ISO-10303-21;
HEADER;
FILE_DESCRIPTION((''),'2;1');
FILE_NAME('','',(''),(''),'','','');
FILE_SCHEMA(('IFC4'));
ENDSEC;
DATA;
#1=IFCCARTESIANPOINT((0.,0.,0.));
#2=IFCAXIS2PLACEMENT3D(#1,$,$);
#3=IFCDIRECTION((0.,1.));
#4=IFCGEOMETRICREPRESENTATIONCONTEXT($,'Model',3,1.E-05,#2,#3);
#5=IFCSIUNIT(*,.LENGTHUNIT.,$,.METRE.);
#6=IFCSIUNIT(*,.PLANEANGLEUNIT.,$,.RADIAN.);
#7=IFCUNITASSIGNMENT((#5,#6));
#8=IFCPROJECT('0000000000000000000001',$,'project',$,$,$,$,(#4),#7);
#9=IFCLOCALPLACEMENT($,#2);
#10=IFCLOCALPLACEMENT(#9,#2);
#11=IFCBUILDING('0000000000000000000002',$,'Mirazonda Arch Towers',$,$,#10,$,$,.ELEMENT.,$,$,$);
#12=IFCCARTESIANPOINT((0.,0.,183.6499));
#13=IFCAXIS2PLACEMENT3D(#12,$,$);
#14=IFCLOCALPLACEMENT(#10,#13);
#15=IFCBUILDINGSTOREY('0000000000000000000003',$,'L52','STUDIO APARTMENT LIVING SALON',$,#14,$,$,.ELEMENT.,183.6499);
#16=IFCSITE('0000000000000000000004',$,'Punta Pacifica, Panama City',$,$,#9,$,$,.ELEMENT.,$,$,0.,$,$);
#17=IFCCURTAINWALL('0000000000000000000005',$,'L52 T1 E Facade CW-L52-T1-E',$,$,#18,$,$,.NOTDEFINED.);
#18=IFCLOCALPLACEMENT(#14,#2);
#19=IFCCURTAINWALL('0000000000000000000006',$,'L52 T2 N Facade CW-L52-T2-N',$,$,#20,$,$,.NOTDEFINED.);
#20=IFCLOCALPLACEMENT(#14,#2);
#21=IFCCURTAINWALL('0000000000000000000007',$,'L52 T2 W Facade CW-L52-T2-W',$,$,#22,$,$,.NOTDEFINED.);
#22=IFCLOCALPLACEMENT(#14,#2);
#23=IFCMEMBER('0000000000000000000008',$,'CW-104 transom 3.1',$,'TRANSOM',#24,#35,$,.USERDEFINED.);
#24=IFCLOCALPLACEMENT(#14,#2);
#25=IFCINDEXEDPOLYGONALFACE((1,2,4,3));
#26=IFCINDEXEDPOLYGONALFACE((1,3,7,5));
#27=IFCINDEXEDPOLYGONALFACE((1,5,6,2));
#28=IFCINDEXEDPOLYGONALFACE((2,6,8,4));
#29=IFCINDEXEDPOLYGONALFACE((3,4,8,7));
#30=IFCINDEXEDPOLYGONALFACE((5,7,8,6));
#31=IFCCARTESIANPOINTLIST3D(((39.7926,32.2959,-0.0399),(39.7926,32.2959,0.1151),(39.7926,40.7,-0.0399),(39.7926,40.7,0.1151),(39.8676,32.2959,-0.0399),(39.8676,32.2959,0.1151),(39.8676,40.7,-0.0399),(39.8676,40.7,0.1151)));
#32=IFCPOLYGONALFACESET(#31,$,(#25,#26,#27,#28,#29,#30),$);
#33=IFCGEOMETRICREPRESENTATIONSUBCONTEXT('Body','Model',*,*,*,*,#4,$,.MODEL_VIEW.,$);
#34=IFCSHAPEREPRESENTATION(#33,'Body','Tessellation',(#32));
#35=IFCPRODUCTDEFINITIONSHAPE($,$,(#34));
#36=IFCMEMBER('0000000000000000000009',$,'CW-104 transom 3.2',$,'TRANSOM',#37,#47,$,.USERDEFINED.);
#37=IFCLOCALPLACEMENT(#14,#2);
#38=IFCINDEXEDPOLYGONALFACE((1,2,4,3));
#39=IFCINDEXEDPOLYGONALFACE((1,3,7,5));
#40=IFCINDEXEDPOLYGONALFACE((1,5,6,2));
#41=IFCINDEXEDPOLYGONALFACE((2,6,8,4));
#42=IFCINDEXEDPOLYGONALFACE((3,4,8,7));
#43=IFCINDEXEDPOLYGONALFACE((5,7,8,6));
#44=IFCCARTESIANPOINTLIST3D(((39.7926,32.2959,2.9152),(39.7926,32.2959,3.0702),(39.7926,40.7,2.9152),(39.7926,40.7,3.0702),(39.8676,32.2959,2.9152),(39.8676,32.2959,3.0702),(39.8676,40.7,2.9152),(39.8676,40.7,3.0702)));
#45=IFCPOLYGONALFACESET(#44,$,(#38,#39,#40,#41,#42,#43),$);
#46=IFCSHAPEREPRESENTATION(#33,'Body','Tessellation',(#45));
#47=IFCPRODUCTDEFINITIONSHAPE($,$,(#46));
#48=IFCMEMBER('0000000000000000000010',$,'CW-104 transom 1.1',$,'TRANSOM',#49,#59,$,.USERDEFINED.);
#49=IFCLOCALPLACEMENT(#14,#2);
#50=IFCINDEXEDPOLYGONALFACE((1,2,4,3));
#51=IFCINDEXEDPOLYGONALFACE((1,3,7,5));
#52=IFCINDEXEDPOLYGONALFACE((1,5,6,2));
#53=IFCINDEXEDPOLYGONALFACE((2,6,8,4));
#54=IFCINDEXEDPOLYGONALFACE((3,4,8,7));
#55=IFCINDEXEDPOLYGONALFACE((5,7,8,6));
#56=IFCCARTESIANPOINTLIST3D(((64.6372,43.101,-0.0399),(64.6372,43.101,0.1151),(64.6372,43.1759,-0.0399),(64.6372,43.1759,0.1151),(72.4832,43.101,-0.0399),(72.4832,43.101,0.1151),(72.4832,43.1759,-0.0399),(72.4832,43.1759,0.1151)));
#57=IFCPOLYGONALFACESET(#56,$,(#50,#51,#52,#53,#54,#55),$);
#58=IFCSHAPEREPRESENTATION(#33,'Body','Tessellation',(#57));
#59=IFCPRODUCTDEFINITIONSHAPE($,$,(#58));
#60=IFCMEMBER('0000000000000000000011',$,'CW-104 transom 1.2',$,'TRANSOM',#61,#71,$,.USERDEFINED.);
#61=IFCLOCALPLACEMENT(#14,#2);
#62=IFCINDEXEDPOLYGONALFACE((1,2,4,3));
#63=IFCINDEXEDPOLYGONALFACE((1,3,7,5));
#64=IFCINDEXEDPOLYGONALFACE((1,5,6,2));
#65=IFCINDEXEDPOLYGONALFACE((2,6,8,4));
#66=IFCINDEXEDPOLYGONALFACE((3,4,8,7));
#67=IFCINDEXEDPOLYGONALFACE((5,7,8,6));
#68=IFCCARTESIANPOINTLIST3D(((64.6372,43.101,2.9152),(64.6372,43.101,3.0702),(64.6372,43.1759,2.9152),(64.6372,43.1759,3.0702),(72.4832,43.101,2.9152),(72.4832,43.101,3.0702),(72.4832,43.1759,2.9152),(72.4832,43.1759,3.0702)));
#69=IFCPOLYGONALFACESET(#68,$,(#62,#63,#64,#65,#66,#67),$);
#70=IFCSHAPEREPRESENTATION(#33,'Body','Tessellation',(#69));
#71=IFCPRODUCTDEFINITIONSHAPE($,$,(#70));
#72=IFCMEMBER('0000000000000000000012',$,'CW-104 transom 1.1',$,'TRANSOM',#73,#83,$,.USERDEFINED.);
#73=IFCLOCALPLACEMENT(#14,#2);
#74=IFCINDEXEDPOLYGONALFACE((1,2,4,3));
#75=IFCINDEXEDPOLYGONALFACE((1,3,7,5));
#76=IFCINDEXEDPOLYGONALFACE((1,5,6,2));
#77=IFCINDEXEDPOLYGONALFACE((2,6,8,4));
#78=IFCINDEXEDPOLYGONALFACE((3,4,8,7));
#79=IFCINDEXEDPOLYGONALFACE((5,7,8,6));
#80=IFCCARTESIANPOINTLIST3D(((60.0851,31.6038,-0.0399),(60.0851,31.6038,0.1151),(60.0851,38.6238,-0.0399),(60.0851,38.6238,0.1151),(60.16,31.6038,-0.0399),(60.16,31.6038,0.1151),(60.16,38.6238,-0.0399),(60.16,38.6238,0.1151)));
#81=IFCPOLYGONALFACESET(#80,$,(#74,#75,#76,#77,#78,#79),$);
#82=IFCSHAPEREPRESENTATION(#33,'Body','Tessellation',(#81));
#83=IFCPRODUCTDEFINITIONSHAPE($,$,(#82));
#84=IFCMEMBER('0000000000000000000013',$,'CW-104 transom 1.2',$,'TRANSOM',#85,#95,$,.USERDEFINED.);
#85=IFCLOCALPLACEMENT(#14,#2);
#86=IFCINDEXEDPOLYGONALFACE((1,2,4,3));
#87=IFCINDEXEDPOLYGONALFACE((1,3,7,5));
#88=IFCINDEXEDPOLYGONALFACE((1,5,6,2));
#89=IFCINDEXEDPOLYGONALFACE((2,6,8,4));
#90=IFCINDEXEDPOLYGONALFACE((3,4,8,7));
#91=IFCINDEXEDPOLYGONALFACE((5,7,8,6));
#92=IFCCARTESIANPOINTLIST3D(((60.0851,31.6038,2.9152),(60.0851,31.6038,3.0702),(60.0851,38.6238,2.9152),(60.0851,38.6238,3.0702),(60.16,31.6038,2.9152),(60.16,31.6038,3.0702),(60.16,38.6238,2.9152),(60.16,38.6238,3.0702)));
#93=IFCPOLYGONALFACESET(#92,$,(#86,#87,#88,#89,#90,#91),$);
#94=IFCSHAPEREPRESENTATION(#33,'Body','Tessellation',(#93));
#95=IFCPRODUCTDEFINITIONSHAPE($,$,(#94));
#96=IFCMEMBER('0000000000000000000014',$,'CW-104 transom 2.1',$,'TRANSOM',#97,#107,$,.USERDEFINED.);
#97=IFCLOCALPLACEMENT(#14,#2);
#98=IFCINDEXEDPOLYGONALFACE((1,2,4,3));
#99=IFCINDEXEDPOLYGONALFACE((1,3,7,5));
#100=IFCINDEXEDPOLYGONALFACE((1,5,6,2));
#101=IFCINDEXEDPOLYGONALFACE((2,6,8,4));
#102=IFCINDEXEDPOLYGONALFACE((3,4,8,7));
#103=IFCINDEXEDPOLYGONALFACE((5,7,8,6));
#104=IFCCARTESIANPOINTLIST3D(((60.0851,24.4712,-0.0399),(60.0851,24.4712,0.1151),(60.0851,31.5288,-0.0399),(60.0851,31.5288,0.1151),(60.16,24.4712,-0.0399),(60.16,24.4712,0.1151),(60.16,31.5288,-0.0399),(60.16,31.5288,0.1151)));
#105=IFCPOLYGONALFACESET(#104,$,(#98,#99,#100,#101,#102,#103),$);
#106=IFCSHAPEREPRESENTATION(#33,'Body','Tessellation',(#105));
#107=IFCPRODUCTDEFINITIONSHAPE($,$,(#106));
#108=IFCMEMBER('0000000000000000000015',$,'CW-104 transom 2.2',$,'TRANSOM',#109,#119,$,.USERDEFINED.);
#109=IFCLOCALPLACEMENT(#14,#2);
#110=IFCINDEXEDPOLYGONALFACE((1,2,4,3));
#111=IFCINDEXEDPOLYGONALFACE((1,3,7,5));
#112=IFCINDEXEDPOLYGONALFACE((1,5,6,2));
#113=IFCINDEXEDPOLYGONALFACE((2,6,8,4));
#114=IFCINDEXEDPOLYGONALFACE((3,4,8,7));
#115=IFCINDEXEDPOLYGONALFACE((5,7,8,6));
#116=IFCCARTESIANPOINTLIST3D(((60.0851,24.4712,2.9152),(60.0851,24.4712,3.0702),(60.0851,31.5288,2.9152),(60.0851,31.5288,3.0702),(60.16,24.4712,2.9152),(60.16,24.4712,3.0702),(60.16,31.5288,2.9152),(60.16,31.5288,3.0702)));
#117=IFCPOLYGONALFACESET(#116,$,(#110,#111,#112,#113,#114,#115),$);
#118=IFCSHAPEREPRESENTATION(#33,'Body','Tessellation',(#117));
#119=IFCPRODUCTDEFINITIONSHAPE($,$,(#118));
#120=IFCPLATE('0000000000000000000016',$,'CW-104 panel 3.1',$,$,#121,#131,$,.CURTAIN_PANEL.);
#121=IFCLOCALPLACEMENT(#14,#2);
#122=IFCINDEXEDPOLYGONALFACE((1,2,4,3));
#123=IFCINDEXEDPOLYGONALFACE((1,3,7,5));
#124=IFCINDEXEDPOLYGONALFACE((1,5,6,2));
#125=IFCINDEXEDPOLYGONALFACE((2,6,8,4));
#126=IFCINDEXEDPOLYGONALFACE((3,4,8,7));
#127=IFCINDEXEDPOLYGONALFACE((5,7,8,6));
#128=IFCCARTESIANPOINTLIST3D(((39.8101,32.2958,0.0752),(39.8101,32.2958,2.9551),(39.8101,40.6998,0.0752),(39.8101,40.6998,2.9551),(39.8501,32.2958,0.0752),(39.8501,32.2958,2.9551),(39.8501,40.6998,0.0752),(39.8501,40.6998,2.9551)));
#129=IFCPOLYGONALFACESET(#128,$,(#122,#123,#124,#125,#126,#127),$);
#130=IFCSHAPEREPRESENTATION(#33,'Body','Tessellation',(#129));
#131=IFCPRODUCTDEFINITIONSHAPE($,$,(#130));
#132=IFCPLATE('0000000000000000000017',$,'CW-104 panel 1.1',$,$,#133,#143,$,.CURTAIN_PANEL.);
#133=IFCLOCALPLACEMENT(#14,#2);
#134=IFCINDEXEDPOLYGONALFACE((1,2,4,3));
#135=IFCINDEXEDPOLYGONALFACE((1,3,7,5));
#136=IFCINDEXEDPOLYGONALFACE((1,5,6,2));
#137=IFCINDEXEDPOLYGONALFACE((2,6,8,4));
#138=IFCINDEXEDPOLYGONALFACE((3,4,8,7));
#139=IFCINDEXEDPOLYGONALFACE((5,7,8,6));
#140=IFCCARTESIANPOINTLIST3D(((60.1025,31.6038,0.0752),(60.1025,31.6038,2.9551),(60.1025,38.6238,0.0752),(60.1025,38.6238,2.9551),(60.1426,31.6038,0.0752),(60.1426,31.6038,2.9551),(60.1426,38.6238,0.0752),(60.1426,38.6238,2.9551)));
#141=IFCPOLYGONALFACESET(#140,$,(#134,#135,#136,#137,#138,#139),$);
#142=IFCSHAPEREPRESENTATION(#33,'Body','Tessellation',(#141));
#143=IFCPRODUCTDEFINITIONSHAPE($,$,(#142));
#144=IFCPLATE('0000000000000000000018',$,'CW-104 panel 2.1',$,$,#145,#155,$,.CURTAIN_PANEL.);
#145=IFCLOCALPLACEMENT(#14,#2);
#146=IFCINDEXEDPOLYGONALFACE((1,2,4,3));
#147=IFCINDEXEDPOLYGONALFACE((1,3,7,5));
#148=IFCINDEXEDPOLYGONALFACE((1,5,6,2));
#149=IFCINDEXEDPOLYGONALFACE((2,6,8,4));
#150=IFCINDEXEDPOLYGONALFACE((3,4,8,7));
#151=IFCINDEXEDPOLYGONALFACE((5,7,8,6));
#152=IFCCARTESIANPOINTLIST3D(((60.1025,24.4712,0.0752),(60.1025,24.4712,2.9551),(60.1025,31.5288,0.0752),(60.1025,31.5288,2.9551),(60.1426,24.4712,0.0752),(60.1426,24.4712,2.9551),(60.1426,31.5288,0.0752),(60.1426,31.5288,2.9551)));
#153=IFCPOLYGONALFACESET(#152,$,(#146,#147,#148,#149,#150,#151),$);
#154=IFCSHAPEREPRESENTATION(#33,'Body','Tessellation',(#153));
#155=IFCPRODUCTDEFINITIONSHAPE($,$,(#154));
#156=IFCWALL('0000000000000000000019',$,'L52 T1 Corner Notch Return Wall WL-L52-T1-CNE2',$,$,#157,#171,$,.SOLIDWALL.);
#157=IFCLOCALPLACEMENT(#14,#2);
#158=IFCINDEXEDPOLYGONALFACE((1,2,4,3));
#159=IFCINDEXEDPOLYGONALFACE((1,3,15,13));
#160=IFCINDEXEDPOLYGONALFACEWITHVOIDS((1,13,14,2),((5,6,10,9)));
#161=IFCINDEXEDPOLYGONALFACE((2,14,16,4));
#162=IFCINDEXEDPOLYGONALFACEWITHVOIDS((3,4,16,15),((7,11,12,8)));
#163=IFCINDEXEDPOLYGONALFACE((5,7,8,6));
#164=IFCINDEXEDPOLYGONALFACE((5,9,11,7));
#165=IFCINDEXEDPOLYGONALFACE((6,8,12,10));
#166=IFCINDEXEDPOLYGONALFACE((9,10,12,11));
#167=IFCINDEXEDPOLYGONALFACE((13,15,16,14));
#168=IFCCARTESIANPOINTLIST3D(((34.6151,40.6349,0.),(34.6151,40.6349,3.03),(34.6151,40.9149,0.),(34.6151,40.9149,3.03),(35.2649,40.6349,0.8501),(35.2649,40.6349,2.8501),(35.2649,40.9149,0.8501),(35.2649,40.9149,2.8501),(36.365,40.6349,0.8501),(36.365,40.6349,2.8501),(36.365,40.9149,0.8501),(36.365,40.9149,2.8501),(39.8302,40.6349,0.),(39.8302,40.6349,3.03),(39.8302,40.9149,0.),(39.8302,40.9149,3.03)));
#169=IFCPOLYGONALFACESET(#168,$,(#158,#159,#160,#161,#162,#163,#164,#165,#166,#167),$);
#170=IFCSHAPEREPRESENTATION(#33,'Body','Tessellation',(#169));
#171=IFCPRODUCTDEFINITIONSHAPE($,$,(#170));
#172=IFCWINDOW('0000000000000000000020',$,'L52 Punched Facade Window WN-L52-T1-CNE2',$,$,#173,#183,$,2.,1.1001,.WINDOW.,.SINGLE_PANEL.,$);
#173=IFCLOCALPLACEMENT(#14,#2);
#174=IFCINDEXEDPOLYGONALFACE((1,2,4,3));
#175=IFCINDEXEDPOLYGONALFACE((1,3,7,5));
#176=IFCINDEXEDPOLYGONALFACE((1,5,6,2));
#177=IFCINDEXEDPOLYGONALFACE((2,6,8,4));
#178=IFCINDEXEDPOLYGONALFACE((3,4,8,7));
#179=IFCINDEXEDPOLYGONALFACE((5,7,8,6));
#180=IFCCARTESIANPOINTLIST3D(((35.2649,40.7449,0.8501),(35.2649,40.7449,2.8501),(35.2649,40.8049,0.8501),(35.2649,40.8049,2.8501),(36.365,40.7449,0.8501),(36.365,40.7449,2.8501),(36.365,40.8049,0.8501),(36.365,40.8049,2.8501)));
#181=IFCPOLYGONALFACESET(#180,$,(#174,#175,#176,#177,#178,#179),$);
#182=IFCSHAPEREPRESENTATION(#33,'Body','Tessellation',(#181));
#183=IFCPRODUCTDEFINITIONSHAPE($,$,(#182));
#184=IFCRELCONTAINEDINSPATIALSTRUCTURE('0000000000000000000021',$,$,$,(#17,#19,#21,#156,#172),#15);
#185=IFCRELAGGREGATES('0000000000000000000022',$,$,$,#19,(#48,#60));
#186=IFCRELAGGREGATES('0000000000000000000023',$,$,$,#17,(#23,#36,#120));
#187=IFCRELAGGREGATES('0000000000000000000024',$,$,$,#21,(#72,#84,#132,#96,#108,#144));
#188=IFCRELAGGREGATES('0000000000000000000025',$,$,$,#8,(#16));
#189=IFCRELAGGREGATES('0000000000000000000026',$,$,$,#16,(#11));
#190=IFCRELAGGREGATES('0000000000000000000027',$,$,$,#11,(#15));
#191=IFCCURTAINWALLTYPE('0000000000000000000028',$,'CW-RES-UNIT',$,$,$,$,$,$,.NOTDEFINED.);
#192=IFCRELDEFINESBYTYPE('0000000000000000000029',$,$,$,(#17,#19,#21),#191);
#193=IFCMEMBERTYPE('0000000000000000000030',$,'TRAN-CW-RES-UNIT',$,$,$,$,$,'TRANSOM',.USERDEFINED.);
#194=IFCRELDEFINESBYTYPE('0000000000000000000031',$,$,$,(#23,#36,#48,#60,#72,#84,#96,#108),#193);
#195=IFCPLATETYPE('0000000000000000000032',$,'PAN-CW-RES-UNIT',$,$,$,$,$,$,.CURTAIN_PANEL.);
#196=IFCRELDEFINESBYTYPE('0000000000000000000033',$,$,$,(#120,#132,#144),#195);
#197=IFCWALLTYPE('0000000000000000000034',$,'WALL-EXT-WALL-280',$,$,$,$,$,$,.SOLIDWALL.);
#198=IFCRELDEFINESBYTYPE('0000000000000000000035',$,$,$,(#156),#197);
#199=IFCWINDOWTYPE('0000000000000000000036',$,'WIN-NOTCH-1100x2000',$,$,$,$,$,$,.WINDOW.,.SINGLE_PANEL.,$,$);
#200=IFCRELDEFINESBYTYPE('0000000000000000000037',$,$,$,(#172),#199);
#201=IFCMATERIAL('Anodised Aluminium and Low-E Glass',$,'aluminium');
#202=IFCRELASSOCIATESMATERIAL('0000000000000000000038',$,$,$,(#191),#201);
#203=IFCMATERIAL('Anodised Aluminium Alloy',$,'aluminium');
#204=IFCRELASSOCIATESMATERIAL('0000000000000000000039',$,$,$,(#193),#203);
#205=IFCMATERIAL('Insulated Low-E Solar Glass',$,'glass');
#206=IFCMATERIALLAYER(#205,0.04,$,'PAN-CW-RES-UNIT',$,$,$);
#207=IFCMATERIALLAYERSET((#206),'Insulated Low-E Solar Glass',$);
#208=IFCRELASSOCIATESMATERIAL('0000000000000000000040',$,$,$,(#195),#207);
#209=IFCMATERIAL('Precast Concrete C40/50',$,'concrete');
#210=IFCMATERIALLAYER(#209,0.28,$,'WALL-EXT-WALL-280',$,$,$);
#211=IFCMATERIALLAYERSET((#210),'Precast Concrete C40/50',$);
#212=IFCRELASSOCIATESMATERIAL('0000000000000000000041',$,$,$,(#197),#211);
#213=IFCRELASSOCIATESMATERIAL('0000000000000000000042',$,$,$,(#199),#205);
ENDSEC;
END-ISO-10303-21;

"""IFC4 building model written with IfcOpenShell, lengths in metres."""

from ifc_helpers import new_model, si_unit, direction, frame, frame_2d, origin, origin_2d, place, context, subcontext, project, spatial, rectangle, extrude, material, layer, layer_set, material_profile, profile_set, type_object, element, fill, aggregate, save


model = new_model("IFC4")

# Units and contexts
model_context = context("Model", 3, precision=1e-05, world=origin(), true_north=direction((0.0, 1.0)))
body_context = subcontext(model_context, "Body", "Model", "MODEL_VIEW")
ifc_project = project(units=[si_unit("LENGTHUNIT", "METRE"), si_unit("PLANEANGLEUNIT", "RADIAN")], contexts=[model_context])

# Site, building, storey
site_placement = place(None, origin())
site = spatial("IfcSite", under=ifc_project, at=site_placement, Name="Punta Pacifica, Panama City", CompositionType="ELEMENT", RefElevation=0.0)
building_placement = place(site_placement, origin())
building = spatial("IfcBuilding", under=site, at=building_placement, Name="Mirazonda Arch Towers", CompositionType="ELEMENT")
storey_placement = place(building_placement, frame((0.0, 0.0, 183.6499)))
storey = spatial("IfcBuildingStorey", under=building, at=storey_placement, Name="L52", Description="STUDIO APARTMENT LIVING SALON", CompositionType="ELEMENT", Elevation=183.6499)

# Curtain wall
ifc_material_1 = material(Name="Anodised Aluminium and Low-E Glass", Category="aluminium")
curtain_wall_type = type_object("IfcCurtainWallType", Name="CW-RES-UNIT", PredefinedType="NOTDEFINED", material=ifc_material_1)
curtain_wall_1_placement = place(storey_placement, origin())
curtain_wall_1 = element("IfcCurtainWall", 1, at=curtain_wall_1_placement, inside=storey, type_object=curtain_wall_type, Name="L52 T1 E Facade CW-L52-T1-E", PredefinedType="NOTDEFINED")
ifc_material_2 = material(Name="Anodised Aluminium Alloy", Category="aluminium")

# Curtain wall
curtain_wall_2_placement = place(storey_placement, origin())
curtain_wall_2 = element("IfcCurtainWall", 2, at=curtain_wall_2_placement, inside=storey, type_object=curtain_wall_type, Name="L52 T2 N Facade CW-L52-T2-N", PredefinedType="NOTDEFINED")

# Curtain wall
curtain_wall_3_placement = place(storey_placement, origin())
curtain_wall_3 = element("IfcCurtainWall", 3, at=curtain_wall_3_placement, inside=storey, type_object=curtain_wall_type, Name="L52 T2 W Facade CW-L52-T2-W", PredefinedType="NOTDEFINED")

# Members
ifc_material_profile_1 = material_profile(ifc_material_2, rectangle(XDim=0.075, YDim=0.155, at=origin_2d()), Name="ALU-TRAN-75x155")
ifc_profile_set_1 = profile_set([ifc_material_profile_1], Name="Anodised Aluminium Alloy")
member_type_1 = type_object("IfcMemberType", Name="TRAN-CW-RES-UNIT", ElementType="TRANSOM", PredefinedType="USERDEFINED", material=ifc_profile_set_1)
member_1_placement = place(storey_placement, frame((39.8301, 32.2959, 0.0376), z_axis=(0.0, 1.0, 0.0), x_axis=(-1.0, 0.0, 0.0)))
member_1 = element("IfcMember", 4, at=member_1_placement, type_object=member_type_1, Name="CW-104 transom 3.1", ObjectType="TRANSOM", PredefinedType="USERDEFINED", context=body_context, shape_type="SweptSolid", body=[
    extrude(rectangle(XDim=0.075, YDim=0.155, at=origin_2d()), origin(), (0.0, 0.0, 1.0), 8.4041),
])
member_2_placement = place(storey_placement, frame((39.8301, 32.2959, 2.9927), z_axis=(0.0, 1.0, 0.0), x_axis=(-1.0, 0.0, 0.0)))
member_2 = element("IfcMember", 5, at=member_2_placement, type_object=member_type_1, Name="CW-104 transom 3.2", ObjectType="TRANSOM", PredefinedType="USERDEFINED", context=body_context, shape_type="SweptSolid", body=[
    extrude(rectangle(XDim=0.075, YDim=0.155, at=origin_2d()), origin(), (0.0, 0.0, 1.0), 8.4041),
])
member_3_placement = place(storey_placement, frame((64.6372, 43.1384, 0.0376), z_axis=(1.0, 0.0, 0.0), x_axis=(0.0, 1.0, 0.0)))
member_3 = element("IfcMember", 6, at=member_3_placement, type_object=member_type_1, Name="CW-104 transom 1.1", ObjectType="TRANSOM", PredefinedType="USERDEFINED", context=body_context, shape_type="SweptSolid", body=[
    extrude(rectangle(XDim=0.075, YDim=0.155, at=origin_2d()), origin(), (0.0, 0.0, 1.0), 7.8459),
])
member_4_placement = place(storey_placement, frame((64.6372, 43.1384, 2.9927), z_axis=(1.0, 0.0, 0.0), x_axis=(0.0, 1.0, 0.0)))
member_4 = element("IfcMember", 7, at=member_4_placement, type_object=member_type_1, Name="CW-104 transom 1.2", ObjectType="TRANSOM", PredefinedType="USERDEFINED", context=body_context, shape_type="SweptSolid", body=[
    extrude(rectangle(XDim=0.075, YDim=0.155, at=origin_2d()), origin(), (0.0, 0.0, 1.0), 7.8459),
])
aggregate(curtain_wall_2, [member_3, member_4])
member_5_placement = place(storey_placement, frame((60.1226, 38.6238, 0.0376), z_axis=(0.0, -1.0, 0.0), x_axis=(1.0, 0.0, 0.0)))
member_5 = element("IfcMember", 8, at=member_5_placement, type_object=member_type_1, Name="CW-104 transom 1.1", ObjectType="TRANSOM", PredefinedType="USERDEFINED", context=body_context, shape_type="SweptSolid", body=[
    extrude(rectangle(XDim=0.075, YDim=0.155, at=origin_2d()), origin(), (0.0, 0.0, 1.0), 7.02),
])
member_6_placement = place(storey_placement, frame((60.1226, 38.6238, 2.9927), z_axis=(0.0, -1.0, 0.0), x_axis=(1.0, 0.0, 0.0)))
member_6 = element("IfcMember", 9, at=member_6_placement, type_object=member_type_1, Name="CW-104 transom 1.2", ObjectType="TRANSOM", PredefinedType="USERDEFINED", context=body_context, shape_type="SweptSolid", body=[
    extrude(rectangle(XDim=0.075, YDim=0.155, at=origin_2d()), origin(), (0.0, 0.0, 1.0), 7.02),
])
member_7_placement = place(storey_placement, frame((60.1226, 31.5288, 0.0376), z_axis=(0.0, -1.0, 0.0), x_axis=(1.0, 0.0, 0.0)))
member_7 = element("IfcMember", 10, at=member_7_placement, type_object=member_type_1, Name="CW-104 transom 2.1", ObjectType="TRANSOM", PredefinedType="USERDEFINED", context=body_context, shape_type="SweptSolid", body=[
    extrude(rectangle(XDim=0.075, YDim=0.155, at=origin_2d()), origin(), (0.0, 0.0, 1.0), 7.0576),
])
member_8_placement = place(storey_placement, frame((60.1226, 31.5288, 2.9927), z_axis=(0.0, -1.0, 0.0), x_axis=(1.0, 0.0, 0.0)))
member_8 = element("IfcMember", 11, at=member_8_placement, type_object=member_type_1, Name="CW-104 transom 2.2", ObjectType="TRANSOM", PredefinedType="USERDEFINED", context=body_context, shape_type="SweptSolid", body=[
    extrude(rectangle(XDim=0.075, YDim=0.155, at=origin_2d()), origin(), (0.0, 0.0, 1.0), 7.0576),
])

# Plates
ifc_material_3 = material(Name="Insulated Low-E Solar Glass", Category="glass")
ifc_layer_1 = layer(ifc_material_3, 0.04, Name="PAN-CW-RES-UNIT")
ifc_layer_set_1 = layer_set([ifc_layer_1], Name="Insulated Low-E Solar Glass")
plate_type = type_object("IfcPlateType", Name="PAN-CW-RES-UNIT", PredefinedType="CURTAIN_PANEL", material=ifc_layer_set_1)
plate_1_placement = place(storey_placement, frame((39.8301, 36.4978, 0.0752), z_axis=(0.0, 0.0, 1.0), x_axis=(0.0, 1.0, 0.0)))
plate_1 = element("IfcPlate", 12, at=plate_1_placement, type_object=plate_type, Name="CW-104 panel 3.1", PredefinedType="CURTAIN_PANEL", context=body_context, shape_type="SweptSolid", body=[
    extrude(rectangle(XDim=8.4041, YDim=0.04, at=origin_2d()), origin(), (0.0, 0.0, 1.0), 2.8799),
])
aggregate(curtain_wall_1, [member_1, member_2, plate_1])
plate_2_placement = place(storey_placement, frame((60.1226, 35.1138, 0.0752), z_axis=(0.0, 0.0, 1.0), x_axis=(0.0, -1.0, 0.0)))
plate_2 = element("IfcPlate", 13, at=plate_2_placement, type_object=plate_type, Name="CW-104 panel 1.1", PredefinedType="CURTAIN_PANEL", context=body_context, shape_type="SweptSolid", body=[
    extrude(rectangle(XDim=7.02, YDim=0.04, at=origin_2d()), origin(), (0.0, 0.0, 1.0), 2.8799),
])
plate_3_placement = place(storey_placement, frame((60.1226, 28.0, 0.0752), z_axis=(0.0, 0.0, 1.0), x_axis=(0.0, -1.0, 0.0)))
plate_3 = element("IfcPlate", 14, at=plate_3_placement, type_object=plate_type, Name="CW-104 panel 2.1", PredefinedType="CURTAIN_PANEL", context=body_context, shape_type="SweptSolid", body=[
    extrude(rectangle(XDim=7.0576, YDim=0.04, at=origin_2d()), origin(), (0.0, 0.0, 1.0), 2.8799),
])
aggregate(curtain_wall_3, [member_5, member_6, plate_2, member_7, member_8, plate_3])

# Wall, opening, window
ifc_material_4 = material(Name="Precast Concrete C40/50", Category="concrete")
ifc_layer_2 = layer(ifc_material_4, 0.28, Name="WALL-EXT-WALL-280")
ifc_layer_set_2 = layer_set([ifc_layer_2], Name="Precast Concrete C40/50")
wall_type_1 = type_object("IfcWallType", Name="WALL-EXT-WALL-280", PredefinedType="SOLIDWALL", material=ifc_layer_set_2)
wall_1_placement = place(storey_placement, frame((39.8301, 40.7749, 0.0), z_axis=(0.0, 0.0, 1.0), x_axis=(-1.0, 0.0, 0.0)))
wall_1 = element("IfcWall", 15, at=wall_1_placement, inside=storey, type_object=wall_type_1, Name="L52 T1 Corner Notch Return Wall WL-L52-T1-CNE2", PredefinedType="SOLIDWALL", context=body_context, shape_type="SweptSolid", body=[
    extrude(rectangle(XDim=5.2151, YDim=0.28, at=frame_2d((2.6074, 0.0))), origin(), (0.0, 0.0, 1.0), 3.03),
])
opening_1_placement = place(wall_1_placement, frame((3.4651, 0.0, 0.8501)))
opening_1 = element("IfcOpeningElement", 16, at=opening_1_placement, cuts=wall_1, PredefinedType="OPENING", context=body_context, shape_type="SweptSolid", body=[
    extrude(rectangle(XDim=1.1001, YDim=2.0, at=frame_2d((0.55, 1.0))), frame((0.0, 0.1499, 0.0), z_axis=(0.0, -1.0, 0.0), x_axis=(1.0, 0.0, 0.0)), (0.0, 0.0, 1.0), 0.3),
])
window_type = type_object("IfcWindowType", Name="WIN-NOTCH-1100x2000", PartitioningType="SINGLE_PANEL", PredefinedType="WINDOW", material=ifc_material_3)
window_1_placement = place(opening_1_placement, origin())
window_1 = element("IfcWindow", 17, at=window_1_placement, inside=storey, type_object=window_type, Name="L52 Punched Facade Window WN-L52-T1-CNE2", OverallHeight=2.0, OverallWidth=1.1001, PartitioningType="SINGLE_PANEL", PredefinedType="WINDOW", context=body_context, shape_type="SweptSolid", body=[
    extrude(rectangle(XDim=1.1001, YDim=2.0, at=frame_2d((0.55, 1.0))), frame((0.0, 0.03, 0.0), z_axis=(0.0, -1.0, 0.0), x_axis=(1.0, 0.0, 0.0)), (0.0, 0.0, 1.0), 0.0601),
])
fill(opening_1, window_1)

save(model, "model.ifc")
